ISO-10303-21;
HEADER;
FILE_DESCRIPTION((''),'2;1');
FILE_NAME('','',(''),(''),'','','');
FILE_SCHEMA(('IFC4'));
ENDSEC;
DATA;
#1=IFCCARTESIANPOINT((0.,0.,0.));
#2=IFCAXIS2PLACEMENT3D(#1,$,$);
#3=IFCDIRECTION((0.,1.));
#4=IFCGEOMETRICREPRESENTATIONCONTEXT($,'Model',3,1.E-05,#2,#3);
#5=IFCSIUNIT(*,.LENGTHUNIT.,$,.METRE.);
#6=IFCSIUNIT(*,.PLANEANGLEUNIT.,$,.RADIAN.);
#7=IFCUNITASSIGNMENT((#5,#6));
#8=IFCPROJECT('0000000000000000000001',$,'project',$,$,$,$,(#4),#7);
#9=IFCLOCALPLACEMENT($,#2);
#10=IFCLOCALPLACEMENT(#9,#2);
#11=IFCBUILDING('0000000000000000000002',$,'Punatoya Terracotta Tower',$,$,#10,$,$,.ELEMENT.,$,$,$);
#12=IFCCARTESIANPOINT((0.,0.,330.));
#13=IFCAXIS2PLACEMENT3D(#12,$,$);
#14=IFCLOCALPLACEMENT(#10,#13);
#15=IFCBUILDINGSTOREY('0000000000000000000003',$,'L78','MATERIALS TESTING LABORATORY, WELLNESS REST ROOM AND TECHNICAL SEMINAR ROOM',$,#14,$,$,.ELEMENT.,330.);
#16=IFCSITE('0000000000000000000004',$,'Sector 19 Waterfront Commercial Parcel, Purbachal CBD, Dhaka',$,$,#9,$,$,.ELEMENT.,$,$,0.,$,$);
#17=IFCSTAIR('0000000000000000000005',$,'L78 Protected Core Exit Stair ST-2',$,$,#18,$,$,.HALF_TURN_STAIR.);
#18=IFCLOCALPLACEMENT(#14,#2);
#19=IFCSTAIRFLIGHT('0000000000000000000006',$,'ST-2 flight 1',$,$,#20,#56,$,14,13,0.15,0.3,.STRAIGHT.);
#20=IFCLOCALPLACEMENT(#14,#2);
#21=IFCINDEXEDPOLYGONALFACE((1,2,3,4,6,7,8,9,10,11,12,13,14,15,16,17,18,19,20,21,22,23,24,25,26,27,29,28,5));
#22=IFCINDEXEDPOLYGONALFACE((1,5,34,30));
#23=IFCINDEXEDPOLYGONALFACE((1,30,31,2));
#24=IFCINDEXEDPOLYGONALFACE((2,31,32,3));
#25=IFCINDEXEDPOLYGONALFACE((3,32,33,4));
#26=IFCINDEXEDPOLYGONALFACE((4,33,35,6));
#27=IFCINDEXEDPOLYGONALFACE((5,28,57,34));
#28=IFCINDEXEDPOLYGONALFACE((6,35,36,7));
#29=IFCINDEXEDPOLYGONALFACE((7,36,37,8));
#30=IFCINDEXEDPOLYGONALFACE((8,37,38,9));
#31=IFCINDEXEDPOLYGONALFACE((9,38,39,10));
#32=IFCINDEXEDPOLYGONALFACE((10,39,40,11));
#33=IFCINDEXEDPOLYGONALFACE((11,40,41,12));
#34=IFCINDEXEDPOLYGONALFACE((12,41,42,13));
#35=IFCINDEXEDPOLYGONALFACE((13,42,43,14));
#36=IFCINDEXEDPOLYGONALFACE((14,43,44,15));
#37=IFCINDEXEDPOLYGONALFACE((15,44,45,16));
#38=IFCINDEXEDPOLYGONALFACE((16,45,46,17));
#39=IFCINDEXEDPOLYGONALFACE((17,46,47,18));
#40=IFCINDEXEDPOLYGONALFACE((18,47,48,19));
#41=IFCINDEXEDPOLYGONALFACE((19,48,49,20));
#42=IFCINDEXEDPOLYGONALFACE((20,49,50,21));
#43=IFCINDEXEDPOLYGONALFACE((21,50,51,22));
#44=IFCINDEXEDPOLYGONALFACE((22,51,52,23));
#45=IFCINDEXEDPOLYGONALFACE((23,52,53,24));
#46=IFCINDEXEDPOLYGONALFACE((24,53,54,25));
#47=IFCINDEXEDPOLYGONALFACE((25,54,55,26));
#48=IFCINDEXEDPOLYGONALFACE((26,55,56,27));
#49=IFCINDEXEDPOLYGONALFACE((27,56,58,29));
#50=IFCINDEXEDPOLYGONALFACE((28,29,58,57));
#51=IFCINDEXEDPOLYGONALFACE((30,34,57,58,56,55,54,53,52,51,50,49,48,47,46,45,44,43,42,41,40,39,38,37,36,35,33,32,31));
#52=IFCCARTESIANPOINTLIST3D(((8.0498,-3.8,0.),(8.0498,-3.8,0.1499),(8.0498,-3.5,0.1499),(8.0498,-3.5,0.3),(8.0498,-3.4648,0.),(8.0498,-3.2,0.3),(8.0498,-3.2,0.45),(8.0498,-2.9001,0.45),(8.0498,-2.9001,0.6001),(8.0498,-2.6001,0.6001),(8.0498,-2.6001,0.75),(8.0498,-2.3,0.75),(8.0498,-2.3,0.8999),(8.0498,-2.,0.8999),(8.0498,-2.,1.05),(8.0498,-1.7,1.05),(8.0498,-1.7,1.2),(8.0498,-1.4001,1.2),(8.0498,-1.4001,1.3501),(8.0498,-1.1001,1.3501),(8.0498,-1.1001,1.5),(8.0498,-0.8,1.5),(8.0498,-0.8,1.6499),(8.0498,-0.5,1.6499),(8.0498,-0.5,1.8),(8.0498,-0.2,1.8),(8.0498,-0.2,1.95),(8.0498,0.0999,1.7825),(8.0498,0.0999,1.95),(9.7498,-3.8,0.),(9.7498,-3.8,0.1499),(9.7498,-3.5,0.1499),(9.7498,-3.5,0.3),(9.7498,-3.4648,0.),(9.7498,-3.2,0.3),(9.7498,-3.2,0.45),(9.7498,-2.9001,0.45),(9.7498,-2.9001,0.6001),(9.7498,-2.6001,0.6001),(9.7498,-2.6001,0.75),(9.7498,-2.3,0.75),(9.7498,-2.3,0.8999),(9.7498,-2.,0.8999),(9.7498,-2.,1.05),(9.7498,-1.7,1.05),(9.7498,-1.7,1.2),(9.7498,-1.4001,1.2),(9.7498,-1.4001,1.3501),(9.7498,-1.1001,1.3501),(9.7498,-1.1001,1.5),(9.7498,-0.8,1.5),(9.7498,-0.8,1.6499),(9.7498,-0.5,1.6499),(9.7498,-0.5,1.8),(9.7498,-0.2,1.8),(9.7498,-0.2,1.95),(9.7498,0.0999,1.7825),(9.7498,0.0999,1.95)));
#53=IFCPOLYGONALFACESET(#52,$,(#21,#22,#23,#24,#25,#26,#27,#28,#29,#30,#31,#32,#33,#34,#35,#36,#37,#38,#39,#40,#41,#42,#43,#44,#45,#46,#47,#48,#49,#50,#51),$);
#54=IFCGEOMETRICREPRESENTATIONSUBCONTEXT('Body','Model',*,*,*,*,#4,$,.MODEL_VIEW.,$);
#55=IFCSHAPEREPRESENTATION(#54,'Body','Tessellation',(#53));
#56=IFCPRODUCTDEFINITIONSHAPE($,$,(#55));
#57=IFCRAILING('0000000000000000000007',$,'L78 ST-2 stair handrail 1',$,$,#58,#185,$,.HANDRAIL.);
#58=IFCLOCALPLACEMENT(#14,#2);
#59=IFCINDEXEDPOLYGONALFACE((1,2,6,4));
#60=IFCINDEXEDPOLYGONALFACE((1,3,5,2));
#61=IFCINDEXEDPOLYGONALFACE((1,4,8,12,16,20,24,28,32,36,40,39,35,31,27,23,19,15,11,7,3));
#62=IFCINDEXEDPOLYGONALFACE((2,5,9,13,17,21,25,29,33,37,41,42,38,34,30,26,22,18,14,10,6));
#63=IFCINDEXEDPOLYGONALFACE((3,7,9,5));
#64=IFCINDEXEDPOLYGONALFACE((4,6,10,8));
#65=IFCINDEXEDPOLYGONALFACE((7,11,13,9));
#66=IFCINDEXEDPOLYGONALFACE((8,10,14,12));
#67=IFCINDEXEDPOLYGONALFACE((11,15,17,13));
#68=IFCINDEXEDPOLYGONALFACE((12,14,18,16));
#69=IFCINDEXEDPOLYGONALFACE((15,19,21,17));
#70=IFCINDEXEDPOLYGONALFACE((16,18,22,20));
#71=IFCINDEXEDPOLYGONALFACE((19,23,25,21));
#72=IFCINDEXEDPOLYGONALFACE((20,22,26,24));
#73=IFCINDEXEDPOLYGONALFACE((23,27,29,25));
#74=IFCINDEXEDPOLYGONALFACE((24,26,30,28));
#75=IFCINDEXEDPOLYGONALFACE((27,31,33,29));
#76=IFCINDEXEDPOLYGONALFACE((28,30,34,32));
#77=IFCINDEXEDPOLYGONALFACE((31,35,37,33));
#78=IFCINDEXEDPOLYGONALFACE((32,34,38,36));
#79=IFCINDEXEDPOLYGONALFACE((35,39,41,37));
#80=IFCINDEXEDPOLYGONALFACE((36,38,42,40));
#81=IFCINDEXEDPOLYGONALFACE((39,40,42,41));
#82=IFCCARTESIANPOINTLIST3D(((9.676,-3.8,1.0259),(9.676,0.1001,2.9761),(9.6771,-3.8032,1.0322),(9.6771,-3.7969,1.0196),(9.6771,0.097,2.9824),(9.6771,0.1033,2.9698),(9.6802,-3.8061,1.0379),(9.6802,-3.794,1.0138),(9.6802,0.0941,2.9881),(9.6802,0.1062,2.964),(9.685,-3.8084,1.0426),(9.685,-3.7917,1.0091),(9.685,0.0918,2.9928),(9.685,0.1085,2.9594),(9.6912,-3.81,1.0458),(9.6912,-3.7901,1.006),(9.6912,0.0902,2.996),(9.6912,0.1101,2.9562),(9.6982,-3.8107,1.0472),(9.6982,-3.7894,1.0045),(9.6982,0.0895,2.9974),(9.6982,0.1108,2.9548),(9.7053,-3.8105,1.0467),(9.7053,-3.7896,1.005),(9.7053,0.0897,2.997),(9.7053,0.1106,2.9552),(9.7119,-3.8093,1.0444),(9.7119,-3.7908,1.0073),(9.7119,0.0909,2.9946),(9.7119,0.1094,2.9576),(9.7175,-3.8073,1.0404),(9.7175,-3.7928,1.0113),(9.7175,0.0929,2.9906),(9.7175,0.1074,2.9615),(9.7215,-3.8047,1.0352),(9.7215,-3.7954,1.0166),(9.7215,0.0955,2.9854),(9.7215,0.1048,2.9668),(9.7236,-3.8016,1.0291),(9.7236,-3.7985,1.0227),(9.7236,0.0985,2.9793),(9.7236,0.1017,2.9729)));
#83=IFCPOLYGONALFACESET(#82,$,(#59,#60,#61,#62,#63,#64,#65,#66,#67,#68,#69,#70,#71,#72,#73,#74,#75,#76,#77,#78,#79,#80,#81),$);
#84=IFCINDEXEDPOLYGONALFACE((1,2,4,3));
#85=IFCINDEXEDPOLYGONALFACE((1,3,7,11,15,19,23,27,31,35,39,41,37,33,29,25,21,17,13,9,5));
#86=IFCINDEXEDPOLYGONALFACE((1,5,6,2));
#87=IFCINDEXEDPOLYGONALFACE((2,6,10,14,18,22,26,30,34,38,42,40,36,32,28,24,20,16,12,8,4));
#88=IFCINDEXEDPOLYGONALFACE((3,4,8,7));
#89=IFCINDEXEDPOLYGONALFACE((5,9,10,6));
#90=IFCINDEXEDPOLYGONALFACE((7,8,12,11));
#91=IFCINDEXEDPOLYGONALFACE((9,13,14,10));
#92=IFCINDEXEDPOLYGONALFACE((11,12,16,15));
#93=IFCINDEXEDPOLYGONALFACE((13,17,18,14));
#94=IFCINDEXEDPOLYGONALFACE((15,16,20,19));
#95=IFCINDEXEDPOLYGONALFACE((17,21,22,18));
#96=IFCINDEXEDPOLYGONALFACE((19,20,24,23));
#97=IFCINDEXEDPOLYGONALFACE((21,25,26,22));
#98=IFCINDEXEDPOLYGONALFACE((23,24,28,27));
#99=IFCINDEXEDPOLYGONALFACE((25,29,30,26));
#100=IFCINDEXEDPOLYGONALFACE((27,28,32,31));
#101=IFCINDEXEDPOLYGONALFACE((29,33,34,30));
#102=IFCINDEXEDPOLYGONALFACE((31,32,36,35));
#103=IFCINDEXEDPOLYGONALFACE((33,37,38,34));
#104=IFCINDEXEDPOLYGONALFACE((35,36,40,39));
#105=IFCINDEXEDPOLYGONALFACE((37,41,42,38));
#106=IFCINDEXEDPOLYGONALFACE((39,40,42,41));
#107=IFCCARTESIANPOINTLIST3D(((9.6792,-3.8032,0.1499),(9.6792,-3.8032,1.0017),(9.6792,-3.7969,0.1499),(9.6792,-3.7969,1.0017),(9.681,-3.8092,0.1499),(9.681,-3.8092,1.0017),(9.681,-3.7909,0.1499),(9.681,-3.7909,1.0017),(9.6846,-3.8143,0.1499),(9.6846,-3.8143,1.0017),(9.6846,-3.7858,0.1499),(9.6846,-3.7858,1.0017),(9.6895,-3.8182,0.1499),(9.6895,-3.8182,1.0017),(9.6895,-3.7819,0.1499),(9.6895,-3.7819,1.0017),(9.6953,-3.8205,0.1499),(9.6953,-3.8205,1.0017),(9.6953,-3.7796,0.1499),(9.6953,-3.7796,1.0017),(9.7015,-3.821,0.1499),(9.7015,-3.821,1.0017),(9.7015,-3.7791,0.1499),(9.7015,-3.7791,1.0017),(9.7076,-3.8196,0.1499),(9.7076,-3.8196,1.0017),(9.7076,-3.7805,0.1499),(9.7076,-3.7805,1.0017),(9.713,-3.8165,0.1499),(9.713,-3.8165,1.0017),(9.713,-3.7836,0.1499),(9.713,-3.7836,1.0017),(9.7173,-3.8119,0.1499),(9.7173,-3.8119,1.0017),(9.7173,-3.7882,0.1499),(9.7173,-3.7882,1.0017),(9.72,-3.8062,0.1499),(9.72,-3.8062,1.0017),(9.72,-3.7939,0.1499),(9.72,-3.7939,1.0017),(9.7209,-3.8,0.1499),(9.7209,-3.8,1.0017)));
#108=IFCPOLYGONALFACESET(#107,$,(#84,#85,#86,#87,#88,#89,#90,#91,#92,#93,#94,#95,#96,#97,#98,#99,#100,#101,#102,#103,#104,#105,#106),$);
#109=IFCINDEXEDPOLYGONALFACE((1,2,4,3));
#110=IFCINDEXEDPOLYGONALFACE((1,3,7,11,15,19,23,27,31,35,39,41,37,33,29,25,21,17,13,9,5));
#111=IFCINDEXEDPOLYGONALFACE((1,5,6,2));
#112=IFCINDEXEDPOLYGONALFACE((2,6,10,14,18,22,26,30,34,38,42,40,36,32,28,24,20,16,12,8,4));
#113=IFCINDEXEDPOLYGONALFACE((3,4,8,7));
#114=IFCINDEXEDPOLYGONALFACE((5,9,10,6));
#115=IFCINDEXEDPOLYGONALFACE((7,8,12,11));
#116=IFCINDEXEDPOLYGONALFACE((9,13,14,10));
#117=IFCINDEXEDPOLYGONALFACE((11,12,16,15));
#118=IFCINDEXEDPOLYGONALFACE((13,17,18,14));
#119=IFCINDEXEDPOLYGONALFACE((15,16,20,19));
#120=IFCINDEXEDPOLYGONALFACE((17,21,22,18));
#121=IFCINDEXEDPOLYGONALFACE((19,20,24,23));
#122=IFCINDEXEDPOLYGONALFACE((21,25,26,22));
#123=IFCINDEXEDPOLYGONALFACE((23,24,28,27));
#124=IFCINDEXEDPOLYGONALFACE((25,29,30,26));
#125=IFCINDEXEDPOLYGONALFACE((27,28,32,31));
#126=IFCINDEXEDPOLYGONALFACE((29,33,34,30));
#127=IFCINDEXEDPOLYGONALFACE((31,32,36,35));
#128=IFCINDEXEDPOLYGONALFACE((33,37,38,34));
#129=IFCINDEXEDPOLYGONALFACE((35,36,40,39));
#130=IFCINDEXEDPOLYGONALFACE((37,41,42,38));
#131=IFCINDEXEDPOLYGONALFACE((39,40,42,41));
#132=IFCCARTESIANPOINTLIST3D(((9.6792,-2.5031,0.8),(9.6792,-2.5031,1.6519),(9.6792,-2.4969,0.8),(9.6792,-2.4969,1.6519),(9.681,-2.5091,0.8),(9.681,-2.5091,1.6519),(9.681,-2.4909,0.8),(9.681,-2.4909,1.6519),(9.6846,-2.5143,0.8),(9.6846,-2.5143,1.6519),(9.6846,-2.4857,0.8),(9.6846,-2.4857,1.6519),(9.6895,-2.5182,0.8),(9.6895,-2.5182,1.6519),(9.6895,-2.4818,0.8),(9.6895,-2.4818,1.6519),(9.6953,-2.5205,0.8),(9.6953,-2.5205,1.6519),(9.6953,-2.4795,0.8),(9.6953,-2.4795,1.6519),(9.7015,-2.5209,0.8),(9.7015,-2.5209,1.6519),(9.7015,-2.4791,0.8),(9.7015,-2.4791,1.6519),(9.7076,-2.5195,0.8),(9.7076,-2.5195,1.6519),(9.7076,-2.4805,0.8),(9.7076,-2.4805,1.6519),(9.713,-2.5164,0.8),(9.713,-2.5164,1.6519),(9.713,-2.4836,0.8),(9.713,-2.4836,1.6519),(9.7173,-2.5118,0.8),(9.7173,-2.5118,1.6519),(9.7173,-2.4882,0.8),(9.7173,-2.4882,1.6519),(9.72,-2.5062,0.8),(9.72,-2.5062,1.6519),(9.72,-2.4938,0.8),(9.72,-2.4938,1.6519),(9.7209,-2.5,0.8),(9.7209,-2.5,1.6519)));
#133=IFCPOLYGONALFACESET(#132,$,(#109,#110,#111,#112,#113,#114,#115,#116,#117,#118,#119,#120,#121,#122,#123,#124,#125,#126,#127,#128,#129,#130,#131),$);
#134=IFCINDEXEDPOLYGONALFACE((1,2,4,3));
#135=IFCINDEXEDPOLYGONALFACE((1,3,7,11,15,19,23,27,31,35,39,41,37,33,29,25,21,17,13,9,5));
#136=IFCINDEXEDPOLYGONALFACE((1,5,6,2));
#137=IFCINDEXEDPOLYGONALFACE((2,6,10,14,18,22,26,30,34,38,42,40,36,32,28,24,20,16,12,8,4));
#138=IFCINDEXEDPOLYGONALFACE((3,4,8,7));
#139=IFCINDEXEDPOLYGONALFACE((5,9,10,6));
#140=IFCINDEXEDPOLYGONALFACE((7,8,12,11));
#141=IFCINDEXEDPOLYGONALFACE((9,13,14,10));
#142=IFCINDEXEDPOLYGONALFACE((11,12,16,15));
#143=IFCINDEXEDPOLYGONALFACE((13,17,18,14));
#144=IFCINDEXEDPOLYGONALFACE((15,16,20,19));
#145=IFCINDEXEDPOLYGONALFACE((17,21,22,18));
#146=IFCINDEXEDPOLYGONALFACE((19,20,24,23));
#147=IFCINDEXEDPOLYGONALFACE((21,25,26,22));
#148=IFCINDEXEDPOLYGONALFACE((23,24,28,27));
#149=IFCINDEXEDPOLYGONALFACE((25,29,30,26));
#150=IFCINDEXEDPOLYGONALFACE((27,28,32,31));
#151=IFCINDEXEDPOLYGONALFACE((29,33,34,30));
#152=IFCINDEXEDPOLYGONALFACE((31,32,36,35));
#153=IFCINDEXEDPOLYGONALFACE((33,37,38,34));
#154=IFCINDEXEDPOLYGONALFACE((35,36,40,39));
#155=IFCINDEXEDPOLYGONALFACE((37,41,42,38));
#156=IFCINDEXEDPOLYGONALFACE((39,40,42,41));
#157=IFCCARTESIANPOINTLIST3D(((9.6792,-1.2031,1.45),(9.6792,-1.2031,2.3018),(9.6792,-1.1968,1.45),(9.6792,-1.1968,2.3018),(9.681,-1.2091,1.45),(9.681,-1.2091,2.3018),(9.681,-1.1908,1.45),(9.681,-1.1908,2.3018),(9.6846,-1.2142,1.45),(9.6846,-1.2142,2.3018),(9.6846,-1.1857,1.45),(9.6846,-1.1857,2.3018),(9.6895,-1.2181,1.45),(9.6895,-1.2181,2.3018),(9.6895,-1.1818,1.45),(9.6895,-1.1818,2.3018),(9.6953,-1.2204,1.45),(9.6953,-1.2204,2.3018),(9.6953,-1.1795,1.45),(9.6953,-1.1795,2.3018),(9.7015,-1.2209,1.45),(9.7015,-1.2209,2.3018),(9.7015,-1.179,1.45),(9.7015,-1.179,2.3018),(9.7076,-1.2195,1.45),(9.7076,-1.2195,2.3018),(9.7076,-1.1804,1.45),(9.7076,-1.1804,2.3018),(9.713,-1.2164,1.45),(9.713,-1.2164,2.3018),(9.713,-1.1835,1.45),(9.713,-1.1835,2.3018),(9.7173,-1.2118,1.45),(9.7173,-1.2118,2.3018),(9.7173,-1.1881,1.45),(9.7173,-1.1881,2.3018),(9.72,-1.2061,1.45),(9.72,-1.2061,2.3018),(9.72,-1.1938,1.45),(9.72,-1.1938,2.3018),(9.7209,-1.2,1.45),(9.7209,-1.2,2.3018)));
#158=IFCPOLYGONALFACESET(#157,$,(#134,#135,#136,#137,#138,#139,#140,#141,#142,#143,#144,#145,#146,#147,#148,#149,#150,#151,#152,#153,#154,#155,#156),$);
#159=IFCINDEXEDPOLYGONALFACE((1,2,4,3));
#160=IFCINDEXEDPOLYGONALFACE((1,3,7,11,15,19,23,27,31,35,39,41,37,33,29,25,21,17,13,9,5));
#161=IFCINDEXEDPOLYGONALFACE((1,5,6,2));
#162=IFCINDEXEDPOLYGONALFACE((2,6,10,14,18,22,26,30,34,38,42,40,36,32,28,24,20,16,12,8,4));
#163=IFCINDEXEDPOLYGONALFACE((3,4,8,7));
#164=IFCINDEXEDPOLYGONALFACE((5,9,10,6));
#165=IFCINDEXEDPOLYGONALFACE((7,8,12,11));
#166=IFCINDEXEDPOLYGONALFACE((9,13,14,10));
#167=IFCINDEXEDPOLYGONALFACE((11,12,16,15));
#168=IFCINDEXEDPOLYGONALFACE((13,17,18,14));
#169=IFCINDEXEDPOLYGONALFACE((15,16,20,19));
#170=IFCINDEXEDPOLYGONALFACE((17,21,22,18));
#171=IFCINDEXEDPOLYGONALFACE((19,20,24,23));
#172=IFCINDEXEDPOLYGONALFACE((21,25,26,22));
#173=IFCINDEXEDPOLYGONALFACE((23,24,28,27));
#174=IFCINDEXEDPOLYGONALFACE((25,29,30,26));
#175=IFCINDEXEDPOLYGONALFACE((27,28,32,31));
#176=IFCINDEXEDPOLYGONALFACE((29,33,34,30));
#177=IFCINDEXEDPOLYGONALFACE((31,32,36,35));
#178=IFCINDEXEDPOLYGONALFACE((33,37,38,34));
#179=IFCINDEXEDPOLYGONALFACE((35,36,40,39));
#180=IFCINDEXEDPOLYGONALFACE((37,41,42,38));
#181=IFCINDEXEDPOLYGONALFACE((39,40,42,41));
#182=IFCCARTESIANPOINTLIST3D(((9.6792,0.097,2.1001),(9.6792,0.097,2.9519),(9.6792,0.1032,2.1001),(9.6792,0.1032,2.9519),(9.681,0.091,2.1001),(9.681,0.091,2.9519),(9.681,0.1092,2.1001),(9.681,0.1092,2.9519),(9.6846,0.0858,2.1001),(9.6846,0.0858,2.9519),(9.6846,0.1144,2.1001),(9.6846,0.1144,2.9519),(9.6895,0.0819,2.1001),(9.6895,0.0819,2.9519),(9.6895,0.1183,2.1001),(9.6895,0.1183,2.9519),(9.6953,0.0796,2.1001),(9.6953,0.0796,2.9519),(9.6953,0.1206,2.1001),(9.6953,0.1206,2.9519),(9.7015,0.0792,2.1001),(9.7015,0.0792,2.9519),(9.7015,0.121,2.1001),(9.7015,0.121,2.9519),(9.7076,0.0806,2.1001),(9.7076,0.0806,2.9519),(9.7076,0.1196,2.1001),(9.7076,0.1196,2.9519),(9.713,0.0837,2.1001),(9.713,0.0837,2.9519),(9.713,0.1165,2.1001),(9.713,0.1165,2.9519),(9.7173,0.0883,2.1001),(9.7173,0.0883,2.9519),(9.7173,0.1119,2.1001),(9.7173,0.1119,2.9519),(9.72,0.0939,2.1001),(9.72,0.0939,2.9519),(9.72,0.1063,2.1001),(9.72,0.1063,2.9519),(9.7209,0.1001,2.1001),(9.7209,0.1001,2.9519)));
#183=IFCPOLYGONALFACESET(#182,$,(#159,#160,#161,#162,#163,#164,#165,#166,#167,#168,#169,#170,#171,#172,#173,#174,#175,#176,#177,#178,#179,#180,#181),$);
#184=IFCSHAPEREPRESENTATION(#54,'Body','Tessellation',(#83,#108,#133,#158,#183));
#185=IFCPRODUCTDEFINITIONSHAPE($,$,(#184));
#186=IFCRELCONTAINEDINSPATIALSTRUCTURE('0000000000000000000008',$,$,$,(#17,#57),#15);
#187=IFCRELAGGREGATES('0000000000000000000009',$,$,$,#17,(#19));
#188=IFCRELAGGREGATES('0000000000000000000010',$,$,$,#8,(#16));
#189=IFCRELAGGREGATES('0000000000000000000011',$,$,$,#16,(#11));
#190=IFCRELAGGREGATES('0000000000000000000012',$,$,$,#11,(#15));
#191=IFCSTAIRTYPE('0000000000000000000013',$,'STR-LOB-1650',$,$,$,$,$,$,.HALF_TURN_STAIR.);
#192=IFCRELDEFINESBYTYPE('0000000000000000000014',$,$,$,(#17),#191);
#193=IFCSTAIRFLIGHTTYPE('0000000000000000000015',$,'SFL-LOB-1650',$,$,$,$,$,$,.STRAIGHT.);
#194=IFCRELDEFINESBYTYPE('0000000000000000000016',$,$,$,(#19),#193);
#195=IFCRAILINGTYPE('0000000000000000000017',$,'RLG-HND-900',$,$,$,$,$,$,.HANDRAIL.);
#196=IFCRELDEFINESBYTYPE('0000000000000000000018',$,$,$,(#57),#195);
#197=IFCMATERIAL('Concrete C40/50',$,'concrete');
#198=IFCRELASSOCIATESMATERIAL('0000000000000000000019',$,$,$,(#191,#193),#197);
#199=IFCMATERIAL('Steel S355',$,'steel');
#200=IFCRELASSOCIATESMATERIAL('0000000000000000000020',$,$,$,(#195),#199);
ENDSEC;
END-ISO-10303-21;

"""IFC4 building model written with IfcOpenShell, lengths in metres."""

from ifc_helpers import new_model, si_unit, direction, frame, origin, origin_2d, place, context, subcontext, project, spatial, polyline, circle, outline, extrude, material, type_object, element, aggregate, save


model = new_model("IFC4")

# Units and contexts
model_context = context("Model", 3, precision=1e-05, world=origin(), true_north=direction((0.0, 1.0)))
body_context = subcontext(model_context, "Body", "Model", "MODEL_VIEW")
ifc_project = project(units=[si_unit("LENGTHUNIT", "METRE"), si_unit("PLANEANGLEUNIT", "RADIAN")], contexts=[model_context])

# Site, building, storey
site_placement = place(None, origin())
site = spatial("IfcSite", under=ifc_project, at=site_placement, Name="Sector 19 Waterfront Commercial Parcel, Purbachal CBD, Dhaka", CompositionType="ELEMENT", RefElevation=0.0)
building_placement = place(site_placement, origin())
building = spatial("IfcBuilding", under=site, at=building_placement, Name="Punatoya Terracotta Tower", CompositionType="ELEMENT")
storey_placement = place(building_placement, frame((0.0, 0.0, 330.0)))
storey = spatial("IfcBuildingStorey", under=building, at=storey_placement, Name="L78", Description="MATERIALS TESTING LABORATORY, WELLNESS REST ROOM AND TECHNICAL SEMINAR ROOM", CompositionType="ELEMENT", Elevation=330.0)

# Shared definitions
ifc_material_1 = material(Name="Steel S355", Category="steel")

# Stair, stair flight
ifc_material_2 = material(Name="Concrete C40/50", Category="concrete")
stair_type = type_object("IfcStairType", Name="STR-LOB-1650", PredefinedType="HALF_TURN_STAIR", material=ifc_material_2)
stair_placement = place(storey_placement, origin())
stair = element("IfcStair", 1, at=stair_placement, inside=storey, type_object=stair_type, Name="L78 Protected Core Exit Stair ST-2", PredefinedType="HALF_TURN_STAIR")
stair_flight_type = type_object("IfcStairFlightType", Name="SFL-LOB-1650", PredefinedType="STRAIGHT", material=ifc_material_2)
stair_flight_placement = place(storey_placement, frame((8.8999, -3.8, 0.0), z_axis=(0.0, 0.0, 1.0), x_axis=(0.0, 1.0, 0.0)))
stair_flight = element("IfcStairFlight", 2, at=stair_flight_placement, type_object=stair_flight_type, Name="ST-2 flight 1", NumberOfRisers=14, NumberOfTreads=13, PredefinedType="STRAIGHT", RiserHeight=0.15, TreadLength=0.3, context=body_context, shape_type="SweptSolid", body=[
    extrude(outline(polyline([(0.0, 0.0), (0.0, 0.1499), (0.3, 0.1499), (0.3, 0.3), (0.6001, 0.3), (0.6001, 0.45), (0.8999, 0.45), (0.8999, 0.6001), (1.2, 0.6001), (1.2, 0.75), (1.5, 0.75), (1.5, 0.8999), (1.8, 0.8999), (1.8, 1.05), (2.1001, 1.05), (2.1001, 1.2), (2.3999, 1.2), (2.3999, 1.3501), (2.7, 1.3501), (2.7, 1.5), (3.0, 1.5), (3.0, 1.6499), (3.3, 1.6499), (3.3, 1.8), (3.6001, 1.8), (3.6001, 1.95), (3.8999, 1.95), (3.8999, 2.1001), (3.8999, 1.7825), (0.3352, 0.0), (0.0, 0.0)])), frame((0.0, 0.8501, 0.0), z_axis=(0.0, -1.0, 0.0), x_axis=(1.0, 0.0, 0.0)), (0.0, 0.0, 1.0), 1.7),
])
aggregate(stair, [stair_flight])

# Railing
railing_type = type_object("IfcRailingType", Name="RLG-HND-900", PredefinedType="HANDRAIL", material=ifc_material_1)
railing_placement = place(storey_placement, frame((9.7, -3.8, 0.1499)))
element("IfcRailing", 3, at=railing_placement, inside=storey, type_object=railing_type, Name="L78 ST-2 stair handrail 1", PredefinedType="HANDRAIL", context=body_context, shape_type="SweptSolid", body=[
    extrude(circle(Radius=0.0239, at=origin_2d()), frame((0.0, 0.0, 0.876), z_axis=(0.0, 0.894416, 0.447236), x_axis=(-1.0, 0.0, 0.0)), (0.0, 0.0, 1.0), 4.3606),
    extrude(circle(Radius=0.021, at=origin_2d()), origin(), (0.0, 0.0, 1.0), 0.8518),
    extrude(circle(Radius=0.021, at=origin_2d()), frame((0.0, 1.3, 0.6501)), (0.0, 0.0, 1.0), 0.8518),
    extrude(circle(Radius=0.021, at=origin_2d()), frame((0.0, 2.6001, 1.3)), (0.0, 0.0, 1.0), 0.8518),
    extrude(circle(Radius=0.021, at=origin_2d()), frame((0.0, 3.9001, 1.9502)), (0.0, 0.0, 1.0), 0.8518),
])

save(model, "model.ifc")
